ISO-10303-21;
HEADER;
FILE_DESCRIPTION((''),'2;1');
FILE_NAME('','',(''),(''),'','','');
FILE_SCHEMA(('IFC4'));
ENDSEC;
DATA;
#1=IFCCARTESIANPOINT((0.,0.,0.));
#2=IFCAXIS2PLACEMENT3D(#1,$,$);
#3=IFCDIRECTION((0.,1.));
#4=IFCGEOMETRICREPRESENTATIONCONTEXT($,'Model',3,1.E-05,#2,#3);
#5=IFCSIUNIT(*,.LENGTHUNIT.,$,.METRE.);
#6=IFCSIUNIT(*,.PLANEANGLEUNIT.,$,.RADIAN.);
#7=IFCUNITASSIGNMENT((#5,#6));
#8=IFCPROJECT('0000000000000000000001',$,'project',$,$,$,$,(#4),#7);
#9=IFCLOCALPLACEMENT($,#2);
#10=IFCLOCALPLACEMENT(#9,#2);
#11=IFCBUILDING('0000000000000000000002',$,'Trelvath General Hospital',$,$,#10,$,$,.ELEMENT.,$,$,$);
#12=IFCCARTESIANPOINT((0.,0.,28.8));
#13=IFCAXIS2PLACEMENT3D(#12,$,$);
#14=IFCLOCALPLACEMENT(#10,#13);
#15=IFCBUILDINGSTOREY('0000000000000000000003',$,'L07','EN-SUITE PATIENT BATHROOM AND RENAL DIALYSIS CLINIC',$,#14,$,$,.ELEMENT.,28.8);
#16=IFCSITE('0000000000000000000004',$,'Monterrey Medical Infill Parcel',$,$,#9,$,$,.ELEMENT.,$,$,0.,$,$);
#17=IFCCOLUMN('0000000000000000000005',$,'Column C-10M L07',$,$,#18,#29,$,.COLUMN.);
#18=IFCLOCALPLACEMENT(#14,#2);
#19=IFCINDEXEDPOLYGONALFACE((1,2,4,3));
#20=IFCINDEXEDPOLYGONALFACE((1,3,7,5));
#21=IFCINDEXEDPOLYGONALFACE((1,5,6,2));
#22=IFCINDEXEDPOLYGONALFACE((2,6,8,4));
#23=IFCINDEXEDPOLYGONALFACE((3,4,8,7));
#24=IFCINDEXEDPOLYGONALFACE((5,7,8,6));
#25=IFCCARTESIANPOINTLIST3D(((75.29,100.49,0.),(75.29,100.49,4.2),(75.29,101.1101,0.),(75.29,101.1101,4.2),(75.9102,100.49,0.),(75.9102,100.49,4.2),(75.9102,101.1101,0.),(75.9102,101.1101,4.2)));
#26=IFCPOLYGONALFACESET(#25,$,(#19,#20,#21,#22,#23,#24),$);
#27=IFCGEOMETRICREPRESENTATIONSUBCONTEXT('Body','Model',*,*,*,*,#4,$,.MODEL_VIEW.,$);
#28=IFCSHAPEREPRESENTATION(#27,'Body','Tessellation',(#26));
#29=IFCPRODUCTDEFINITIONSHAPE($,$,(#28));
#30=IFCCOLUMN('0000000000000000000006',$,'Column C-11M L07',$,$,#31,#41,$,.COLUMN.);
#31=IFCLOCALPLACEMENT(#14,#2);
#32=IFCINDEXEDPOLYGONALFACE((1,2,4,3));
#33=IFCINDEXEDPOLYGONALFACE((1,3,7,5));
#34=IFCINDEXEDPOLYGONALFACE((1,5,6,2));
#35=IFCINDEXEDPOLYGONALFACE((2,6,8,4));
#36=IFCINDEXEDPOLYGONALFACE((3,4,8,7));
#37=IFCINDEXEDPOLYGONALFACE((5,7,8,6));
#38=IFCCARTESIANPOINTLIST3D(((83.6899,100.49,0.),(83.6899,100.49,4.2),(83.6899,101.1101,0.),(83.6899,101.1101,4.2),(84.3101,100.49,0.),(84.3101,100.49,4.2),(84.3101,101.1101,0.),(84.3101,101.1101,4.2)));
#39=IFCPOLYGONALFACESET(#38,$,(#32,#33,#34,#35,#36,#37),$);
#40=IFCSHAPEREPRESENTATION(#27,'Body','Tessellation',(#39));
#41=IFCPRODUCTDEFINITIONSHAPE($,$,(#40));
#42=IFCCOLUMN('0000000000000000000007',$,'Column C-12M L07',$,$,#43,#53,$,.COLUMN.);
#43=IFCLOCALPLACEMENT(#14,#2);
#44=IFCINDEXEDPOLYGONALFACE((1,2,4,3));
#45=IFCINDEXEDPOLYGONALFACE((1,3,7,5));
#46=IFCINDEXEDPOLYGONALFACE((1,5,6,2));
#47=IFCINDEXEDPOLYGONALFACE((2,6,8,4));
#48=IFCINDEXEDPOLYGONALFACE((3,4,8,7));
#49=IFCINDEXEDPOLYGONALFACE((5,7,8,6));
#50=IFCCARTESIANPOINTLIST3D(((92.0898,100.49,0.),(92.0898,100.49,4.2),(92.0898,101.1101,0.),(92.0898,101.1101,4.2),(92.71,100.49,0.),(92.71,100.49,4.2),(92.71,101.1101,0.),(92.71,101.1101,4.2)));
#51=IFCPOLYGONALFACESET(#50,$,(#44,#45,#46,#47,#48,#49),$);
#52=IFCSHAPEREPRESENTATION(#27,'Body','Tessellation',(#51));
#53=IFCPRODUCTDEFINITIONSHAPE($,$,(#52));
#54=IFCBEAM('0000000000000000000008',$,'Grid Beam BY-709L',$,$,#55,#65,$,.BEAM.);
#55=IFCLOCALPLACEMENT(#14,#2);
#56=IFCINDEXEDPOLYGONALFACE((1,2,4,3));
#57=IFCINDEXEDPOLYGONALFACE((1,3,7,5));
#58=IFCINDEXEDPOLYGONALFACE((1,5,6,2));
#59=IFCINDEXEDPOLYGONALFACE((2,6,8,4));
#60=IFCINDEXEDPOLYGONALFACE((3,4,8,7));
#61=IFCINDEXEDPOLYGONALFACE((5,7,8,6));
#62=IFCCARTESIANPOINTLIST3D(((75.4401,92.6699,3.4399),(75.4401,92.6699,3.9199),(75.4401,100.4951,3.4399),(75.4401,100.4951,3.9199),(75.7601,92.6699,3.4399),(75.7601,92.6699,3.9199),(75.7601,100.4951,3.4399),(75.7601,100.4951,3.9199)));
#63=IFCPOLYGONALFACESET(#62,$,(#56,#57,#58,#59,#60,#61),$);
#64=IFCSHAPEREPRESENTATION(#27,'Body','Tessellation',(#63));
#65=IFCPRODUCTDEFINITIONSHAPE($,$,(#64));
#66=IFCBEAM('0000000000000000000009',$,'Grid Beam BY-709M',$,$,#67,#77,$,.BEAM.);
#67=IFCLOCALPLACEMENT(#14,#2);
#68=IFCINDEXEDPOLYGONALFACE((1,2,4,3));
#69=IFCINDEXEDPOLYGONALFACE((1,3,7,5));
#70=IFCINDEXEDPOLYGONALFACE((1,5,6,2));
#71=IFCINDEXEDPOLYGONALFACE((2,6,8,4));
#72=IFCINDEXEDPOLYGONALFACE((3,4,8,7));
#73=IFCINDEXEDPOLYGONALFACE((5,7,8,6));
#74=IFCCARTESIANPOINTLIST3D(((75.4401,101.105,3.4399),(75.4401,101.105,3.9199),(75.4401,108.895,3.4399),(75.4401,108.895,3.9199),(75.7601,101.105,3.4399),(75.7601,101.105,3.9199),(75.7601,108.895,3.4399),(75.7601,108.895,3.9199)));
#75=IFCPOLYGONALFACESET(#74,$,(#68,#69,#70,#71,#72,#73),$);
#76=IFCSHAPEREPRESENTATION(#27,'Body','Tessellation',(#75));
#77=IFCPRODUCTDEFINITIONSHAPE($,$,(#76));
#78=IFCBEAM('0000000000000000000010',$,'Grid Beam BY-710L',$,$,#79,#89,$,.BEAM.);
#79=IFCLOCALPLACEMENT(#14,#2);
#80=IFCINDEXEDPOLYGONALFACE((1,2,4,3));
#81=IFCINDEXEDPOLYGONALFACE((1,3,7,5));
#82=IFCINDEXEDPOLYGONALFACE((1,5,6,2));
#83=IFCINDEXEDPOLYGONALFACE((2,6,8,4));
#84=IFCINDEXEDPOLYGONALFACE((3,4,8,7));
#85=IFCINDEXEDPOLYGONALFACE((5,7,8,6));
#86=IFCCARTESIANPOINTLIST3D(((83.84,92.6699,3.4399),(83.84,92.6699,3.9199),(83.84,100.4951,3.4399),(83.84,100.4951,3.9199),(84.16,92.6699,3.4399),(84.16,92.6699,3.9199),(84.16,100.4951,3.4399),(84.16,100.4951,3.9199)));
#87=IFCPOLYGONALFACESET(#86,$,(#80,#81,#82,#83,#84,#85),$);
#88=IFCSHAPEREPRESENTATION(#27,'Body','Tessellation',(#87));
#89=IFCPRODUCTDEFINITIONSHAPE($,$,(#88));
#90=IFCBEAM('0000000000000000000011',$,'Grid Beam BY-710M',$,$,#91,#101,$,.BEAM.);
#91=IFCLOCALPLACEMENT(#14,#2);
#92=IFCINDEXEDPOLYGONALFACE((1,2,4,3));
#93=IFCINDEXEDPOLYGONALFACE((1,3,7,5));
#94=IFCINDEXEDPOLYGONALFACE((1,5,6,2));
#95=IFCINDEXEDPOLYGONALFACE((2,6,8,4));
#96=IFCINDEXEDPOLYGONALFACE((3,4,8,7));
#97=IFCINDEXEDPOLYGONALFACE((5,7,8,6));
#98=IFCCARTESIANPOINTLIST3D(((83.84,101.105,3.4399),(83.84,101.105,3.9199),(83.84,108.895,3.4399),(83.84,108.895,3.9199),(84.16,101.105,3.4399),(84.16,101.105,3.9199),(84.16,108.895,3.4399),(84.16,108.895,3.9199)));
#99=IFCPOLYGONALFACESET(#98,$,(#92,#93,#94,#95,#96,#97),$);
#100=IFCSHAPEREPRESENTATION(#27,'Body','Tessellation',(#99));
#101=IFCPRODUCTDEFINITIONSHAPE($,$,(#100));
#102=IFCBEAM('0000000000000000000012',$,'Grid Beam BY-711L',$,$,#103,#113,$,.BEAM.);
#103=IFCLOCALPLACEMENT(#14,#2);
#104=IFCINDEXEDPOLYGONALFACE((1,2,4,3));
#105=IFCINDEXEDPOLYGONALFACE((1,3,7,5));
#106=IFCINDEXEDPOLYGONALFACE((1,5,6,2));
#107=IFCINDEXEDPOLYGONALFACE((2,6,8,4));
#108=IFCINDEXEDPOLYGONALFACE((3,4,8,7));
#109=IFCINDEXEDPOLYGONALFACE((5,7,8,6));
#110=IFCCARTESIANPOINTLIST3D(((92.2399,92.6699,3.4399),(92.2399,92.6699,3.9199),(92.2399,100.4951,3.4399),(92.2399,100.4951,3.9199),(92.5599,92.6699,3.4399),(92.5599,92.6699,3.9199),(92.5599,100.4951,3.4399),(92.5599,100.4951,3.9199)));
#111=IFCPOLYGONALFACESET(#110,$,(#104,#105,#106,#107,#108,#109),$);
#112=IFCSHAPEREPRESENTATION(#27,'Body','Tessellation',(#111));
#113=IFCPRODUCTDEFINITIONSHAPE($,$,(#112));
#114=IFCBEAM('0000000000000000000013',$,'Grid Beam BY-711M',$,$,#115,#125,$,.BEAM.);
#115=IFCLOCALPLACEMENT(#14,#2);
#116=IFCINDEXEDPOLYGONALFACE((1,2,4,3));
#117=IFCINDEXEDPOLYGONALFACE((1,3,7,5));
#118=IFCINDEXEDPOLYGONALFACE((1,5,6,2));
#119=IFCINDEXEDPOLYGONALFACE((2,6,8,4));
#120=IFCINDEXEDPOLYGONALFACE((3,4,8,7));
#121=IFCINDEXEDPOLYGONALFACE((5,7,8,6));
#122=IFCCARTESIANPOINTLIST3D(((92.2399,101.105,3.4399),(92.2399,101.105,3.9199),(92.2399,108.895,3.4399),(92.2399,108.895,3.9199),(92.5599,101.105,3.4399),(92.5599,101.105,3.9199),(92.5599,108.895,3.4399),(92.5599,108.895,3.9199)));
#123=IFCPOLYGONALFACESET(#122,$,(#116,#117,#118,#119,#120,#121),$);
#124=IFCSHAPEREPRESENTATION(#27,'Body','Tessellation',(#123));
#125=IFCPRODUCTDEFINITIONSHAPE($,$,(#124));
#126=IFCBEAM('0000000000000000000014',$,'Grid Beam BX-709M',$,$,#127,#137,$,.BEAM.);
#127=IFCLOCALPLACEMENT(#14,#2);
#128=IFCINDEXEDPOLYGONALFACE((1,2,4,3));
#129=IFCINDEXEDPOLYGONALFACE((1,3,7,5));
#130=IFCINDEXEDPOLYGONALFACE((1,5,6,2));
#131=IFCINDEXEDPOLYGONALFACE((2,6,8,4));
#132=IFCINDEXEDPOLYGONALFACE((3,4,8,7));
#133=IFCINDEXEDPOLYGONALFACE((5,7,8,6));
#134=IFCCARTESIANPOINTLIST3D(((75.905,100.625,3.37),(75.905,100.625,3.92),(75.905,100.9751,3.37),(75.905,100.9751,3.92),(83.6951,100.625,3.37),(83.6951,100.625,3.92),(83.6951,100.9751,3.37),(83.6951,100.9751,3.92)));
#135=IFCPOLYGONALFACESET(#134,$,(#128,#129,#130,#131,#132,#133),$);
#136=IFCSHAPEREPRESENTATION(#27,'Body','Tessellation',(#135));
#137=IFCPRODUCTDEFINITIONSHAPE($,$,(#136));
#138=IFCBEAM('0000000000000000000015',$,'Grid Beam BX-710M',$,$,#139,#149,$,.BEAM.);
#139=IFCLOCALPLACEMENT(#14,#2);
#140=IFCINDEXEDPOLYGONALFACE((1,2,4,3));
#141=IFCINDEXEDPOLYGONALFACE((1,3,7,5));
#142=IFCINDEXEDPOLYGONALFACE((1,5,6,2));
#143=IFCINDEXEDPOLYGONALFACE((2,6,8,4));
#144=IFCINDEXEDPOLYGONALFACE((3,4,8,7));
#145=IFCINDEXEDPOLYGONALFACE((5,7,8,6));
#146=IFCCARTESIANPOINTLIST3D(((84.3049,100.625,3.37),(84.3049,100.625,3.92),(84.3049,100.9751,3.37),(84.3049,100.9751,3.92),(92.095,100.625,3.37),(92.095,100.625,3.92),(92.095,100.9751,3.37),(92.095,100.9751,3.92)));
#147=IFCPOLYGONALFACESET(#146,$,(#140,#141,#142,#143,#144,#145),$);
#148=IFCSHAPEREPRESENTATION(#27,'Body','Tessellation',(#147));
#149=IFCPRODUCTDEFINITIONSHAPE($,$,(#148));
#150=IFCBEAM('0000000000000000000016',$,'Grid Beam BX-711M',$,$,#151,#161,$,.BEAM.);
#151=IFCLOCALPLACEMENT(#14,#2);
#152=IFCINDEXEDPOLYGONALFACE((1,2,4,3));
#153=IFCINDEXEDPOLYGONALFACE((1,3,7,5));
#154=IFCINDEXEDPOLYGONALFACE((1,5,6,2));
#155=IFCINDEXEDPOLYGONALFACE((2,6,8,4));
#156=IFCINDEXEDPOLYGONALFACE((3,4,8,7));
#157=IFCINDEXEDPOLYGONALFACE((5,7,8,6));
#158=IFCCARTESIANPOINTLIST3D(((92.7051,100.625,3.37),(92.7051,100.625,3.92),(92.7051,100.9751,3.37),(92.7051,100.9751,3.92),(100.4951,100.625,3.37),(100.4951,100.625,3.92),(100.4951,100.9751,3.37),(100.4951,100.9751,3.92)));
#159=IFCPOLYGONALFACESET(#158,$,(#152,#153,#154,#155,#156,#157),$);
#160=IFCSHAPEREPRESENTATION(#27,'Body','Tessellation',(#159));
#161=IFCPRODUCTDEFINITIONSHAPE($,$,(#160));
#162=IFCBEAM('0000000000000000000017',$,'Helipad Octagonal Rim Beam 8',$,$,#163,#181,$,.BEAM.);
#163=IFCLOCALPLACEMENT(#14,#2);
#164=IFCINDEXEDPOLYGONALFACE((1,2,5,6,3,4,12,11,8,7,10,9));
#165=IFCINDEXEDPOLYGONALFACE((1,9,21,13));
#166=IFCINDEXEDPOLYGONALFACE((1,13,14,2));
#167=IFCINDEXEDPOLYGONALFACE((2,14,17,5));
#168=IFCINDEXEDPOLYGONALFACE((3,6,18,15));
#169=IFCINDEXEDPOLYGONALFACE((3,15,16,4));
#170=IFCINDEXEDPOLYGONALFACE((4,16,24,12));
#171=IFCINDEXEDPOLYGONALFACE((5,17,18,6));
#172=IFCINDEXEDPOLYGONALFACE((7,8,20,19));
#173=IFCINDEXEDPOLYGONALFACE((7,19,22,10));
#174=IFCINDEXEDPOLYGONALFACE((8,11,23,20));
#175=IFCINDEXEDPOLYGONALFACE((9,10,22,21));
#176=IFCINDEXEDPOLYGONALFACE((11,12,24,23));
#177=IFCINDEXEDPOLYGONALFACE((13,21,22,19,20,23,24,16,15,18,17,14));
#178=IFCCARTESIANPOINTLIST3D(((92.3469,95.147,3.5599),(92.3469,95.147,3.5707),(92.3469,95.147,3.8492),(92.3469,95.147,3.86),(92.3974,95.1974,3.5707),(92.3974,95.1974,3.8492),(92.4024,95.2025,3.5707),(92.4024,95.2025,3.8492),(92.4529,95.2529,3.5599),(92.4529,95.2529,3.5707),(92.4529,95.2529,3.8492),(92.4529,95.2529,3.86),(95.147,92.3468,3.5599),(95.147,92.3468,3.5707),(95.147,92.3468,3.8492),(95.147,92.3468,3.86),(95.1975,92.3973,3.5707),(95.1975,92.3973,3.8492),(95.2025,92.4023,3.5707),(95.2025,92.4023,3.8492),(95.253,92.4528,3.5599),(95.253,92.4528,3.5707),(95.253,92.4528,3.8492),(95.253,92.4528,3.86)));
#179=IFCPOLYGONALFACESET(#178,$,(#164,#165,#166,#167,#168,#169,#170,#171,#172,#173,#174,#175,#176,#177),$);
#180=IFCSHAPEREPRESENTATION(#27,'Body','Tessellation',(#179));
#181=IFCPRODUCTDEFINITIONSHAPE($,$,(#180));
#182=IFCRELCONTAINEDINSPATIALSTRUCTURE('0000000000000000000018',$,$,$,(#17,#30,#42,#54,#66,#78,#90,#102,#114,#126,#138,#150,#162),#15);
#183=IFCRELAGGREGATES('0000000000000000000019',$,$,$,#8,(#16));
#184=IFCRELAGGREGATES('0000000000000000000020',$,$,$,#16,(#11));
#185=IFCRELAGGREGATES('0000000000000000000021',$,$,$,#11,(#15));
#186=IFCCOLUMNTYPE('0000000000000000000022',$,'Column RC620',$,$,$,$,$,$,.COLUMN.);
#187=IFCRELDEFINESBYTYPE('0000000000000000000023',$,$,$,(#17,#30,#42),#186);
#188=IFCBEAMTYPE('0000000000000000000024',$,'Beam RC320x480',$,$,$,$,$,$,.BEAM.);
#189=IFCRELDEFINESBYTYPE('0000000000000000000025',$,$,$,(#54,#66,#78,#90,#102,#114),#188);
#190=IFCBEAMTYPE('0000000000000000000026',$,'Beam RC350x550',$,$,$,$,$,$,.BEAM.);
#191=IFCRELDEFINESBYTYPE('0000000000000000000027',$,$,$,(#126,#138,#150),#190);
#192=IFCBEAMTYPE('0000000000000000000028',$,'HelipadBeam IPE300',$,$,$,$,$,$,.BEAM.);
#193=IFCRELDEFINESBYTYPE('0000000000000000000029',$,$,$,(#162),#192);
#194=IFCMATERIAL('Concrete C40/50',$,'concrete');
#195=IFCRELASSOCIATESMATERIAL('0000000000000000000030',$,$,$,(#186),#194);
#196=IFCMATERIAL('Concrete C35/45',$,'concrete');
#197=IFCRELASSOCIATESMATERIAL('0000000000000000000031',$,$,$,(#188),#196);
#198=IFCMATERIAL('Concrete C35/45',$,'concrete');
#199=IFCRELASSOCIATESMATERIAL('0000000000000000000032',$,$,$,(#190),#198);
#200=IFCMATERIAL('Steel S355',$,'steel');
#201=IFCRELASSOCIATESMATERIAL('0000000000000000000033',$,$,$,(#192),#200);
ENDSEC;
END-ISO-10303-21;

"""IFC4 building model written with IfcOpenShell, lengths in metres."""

from ifc_helpers import new_model, si_unit, direction, frame, origin, origin_2d, place, context, subcontext, project, spatial, rectangle, i_section, extrude, material, material_profile, profile_set, type_object, element, save


model = new_model("IFC4")

# Units and contexts
model_context = context("Model", 3, precision=1e-05, world=origin(), true_north=direction((0.0, 1.0)))
body_context = subcontext(model_context, "Body", "Model", "MODEL_VIEW")
ifc_project = project(units=[si_unit("LENGTHUNIT", "METRE"), si_unit("PLANEANGLEUNIT", "RADIAN")], contexts=[model_context])

# Site, building, storey
site_placement = place(None, origin())
site = spatial("IfcSite", under=ifc_project, at=site_placement, Name="Monterrey Medical Infill Parcel", CompositionType="ELEMENT", RefElevation=0.0)
building_placement = place(site_placement, origin())
building = spatial("IfcBuilding", under=site, at=building_placement, Name="Trelvath General Hospital", CompositionType="ELEMENT")
storey_placement = place(building_placement, frame((0.0, 0.0, 28.8)))
storey = spatial("IfcBuildingStorey", under=building, at=storey_placement, Name="L07", Description="EN-SUITE PATIENT BATHROOM AND RENAL DIALYSIS CLINIC", CompositionType="ELEMENT", Elevation=28.8)

# Columns
ifc_material_1 = material(Name="Concrete C40/50", Category="concrete")
ifc_material_profile_1 = material_profile(ifc_material_1, rectangle(XDim=0.6201, YDim=0.6201, at=origin_2d()), Name="RC620x620")
ifc_profile_set_1 = profile_set([ifc_material_profile_1], Name="Concrete C40/50")
column_type = type_object("IfcColumnType", Name="Column RC620", PredefinedType="COLUMN", material=ifc_profile_set_1)
for number, where, z_axis, x_axis, name in (
    (1, (75.6001, 100.8, 0.0), (0.0, 0.0, 1.0), (1.0, 0.0, 0.0), "Column C-10M L07"),
    (2, (84.0, 100.8, 0.0), (0.0, 0.0, 1.0), (1.0, 0.0, 0.0), "Column C-11M L07"),
    (3, (92.3999, 100.8, 0.0), (0.0, 0.0, 1.0), (1.0, 0.0, 0.0), "Column C-12M L07"),
):
    element("IfcColumn", number, at=place(storey_placement, frame(where, z_axis=z_axis, x_axis=x_axis)), inside=storey, type_object=column_type, Name=name, PredefinedType="COLUMN", context=body_context, shape_type="SweptSolid", body=[
        extrude(rectangle(XDim=0.6201, YDim=0.6201, at=origin_2d()), origin(), (0.0, 0.0, 1.0), 4.2),
    ])

# Beams
ifc_material_2 = material(Name="Concrete C35/45", Category="concrete")
ifc_material_profile_2 = material_profile(ifc_material_2, rectangle(XDim=0.3201, YDim=0.48, at=origin_2d()), Name="RCB320x480")
ifc_profile_set_2 = profile_set([ifc_material_profile_2], Name="Concrete C35/45")
beam_type_1 = type_object("IfcBeamType", Name="Beam RC320x480", PredefinedType="BEAM", material=ifc_profile_set_2)
beam_1_placement = place(storey_placement, frame((75.6001, 92.6699, 3.6799), z_axis=(0.0, 1.0, 0.0), x_axis=(-1.0, 0.0, 0.0)))
element("IfcBeam", 4, at=beam_1_placement, inside=storey, type_object=beam_type_1, Name="Grid Beam BY-709L", PredefinedType="BEAM", context=body_context, shape_type="SweptSolid", body=[
    extrude(rectangle(XDim=0.3201, YDim=0.48, at=origin_2d()), origin(), (0.0, 0.0, 1.0), 7.8252),
])
beam_2_placement = place(storey_placement, frame((75.6001, 101.105, 3.6799), z_axis=(0.0, 1.0, 0.0), x_axis=(-1.0, 0.0, 0.0)))
element("IfcBeam", 5, at=beam_2_placement, inside=storey, type_object=beam_type_1, Name="Grid Beam BY-709M", PredefinedType="BEAM", context=body_context, shape_type="SweptSolid", body=[
    extrude(rectangle(XDim=0.3201, YDim=0.48, at=origin_2d()), origin(), (0.0, 0.0, 1.0), 7.79),
])
beam_3_placement = place(storey_placement, frame((84.0, 92.6699, 3.6799), z_axis=(0.0, 1.0, 0.0), x_axis=(-1.0, 0.0, 0.0)))
element("IfcBeam", 6, at=beam_3_placement, inside=storey, type_object=beam_type_1, Name="Grid Beam BY-710L", PredefinedType="BEAM", context=body_context, shape_type="SweptSolid", body=[
    extrude(rectangle(XDim=0.3201, YDim=0.48, at=origin_2d()), origin(), (0.0, 0.0, 1.0), 7.8252),
])
beam_4_placement = place(storey_placement, frame((84.0, 101.105, 3.6799), z_axis=(0.0, 1.0, 0.0), x_axis=(-1.0, 0.0, 0.0)))
element("IfcBeam", 7, at=beam_4_placement, inside=storey, type_object=beam_type_1, Name="Grid Beam BY-710M", PredefinedType="BEAM", context=body_context, shape_type="SweptSolid", body=[
    extrude(rectangle(XDim=0.3201, YDim=0.48, at=origin_2d()), origin(), (0.0, 0.0, 1.0), 7.79),
])
beam_5_placement = place(storey_placement, frame((92.3999, 92.6699, 3.6799), z_axis=(0.0, 1.0, 0.0), x_axis=(-1.0, 0.0, 0.0)))
element("IfcBeam", 8, at=beam_5_placement, inside=storey, type_object=beam_type_1, Name="Grid Beam BY-711L", PredefinedType="BEAM", context=body_context, shape_type="SweptSolid", body=[
    extrude(rectangle(XDim=0.3201, YDim=0.48, at=origin_2d()), origin(), (0.0, 0.0, 1.0), 7.8252),
])
beam_6_placement = place(storey_placement, frame((92.3999, 101.105, 3.6799), z_axis=(0.0, 1.0, 0.0), x_axis=(-1.0, 0.0, 0.0)))
element("IfcBeam", 9, at=beam_6_placement, inside=storey, type_object=beam_type_1, Name="Grid Beam BY-711M", PredefinedType="BEAM", context=body_context, shape_type="SweptSolid", body=[
    extrude(rectangle(XDim=0.3201, YDim=0.48, at=origin_2d()), origin(), (0.0, 0.0, 1.0), 7.79),
])
ifc_material_3 = material(Name="Concrete C35/45", Category="concrete")
ifc_material_profile_3 = material_profile(ifc_material_3, rectangle(XDim=0.3501, YDim=0.55, at=origin_2d()), Name="RCB350x550")
ifc_profile_set_3 = profile_set([ifc_material_profile_3], Name="Concrete C35/45")
beam_type_2 = type_object("IfcBeamType", Name="Beam RC350x550", PredefinedType="BEAM", material=ifc_profile_set_3)
for number, where, z_axis, x_axis, name in (
    (10, (75.905, 100.8, 3.645), (1.0, 0.0, 0.0), (0.0, 1.0, 0.0), "Grid Beam BX-709M"),
    (11, (84.3049, 100.8, 3.645), (1.0, 0.0, 0.0), (0.0, 1.0, 0.0), "Grid Beam BX-710M"),
    (12, (92.7051, 100.8, 3.645), (1.0, 0.0, 0.0), (0.0, 1.0, 0.0), "Grid Beam BX-711M"),
):
    element("IfcBeam", number, at=place(storey_placement, frame(where, z_axis=z_axis, x_axis=x_axis)), inside=storey, type_object=beam_type_2, Name=name, PredefinedType="BEAM", context=body_context, shape_type="SweptSolid", body=[
        extrude(rectangle(XDim=0.3501, YDim=0.55, at=origin_2d()), origin(), (0.0, 0.0, 1.0), 7.79),
    ])
ifc_material_4 = material(Name="Steel S355", Category="steel")
ifc_material_profile_4 = material_profile(ifc_material_4, i_section(OverallWidth=0.1499, OverallDepth=0.3, WebThickness=0.0071, FlangeThickness=0.0107, at=origin_2d()), Name="IPE300")
ifc_profile_set_4 = profile_set([ifc_material_profile_4], Name="Steel S355")
beam_type_3 = type_object("IfcBeamType", Name="HelipadBeam IPE300", PredefinedType="BEAM", material=ifc_profile_set_4)
beam_7_placement = place(storey_placement, frame((92.3999, 95.2, 3.71), z_axis=(0.707107, -0.707107, 0.0), x_axis=(0.707107, 0.707107, 0.0)))
element("IfcBeam", 13, at=beam_7_placement, inside=storey, type_object=beam_type_3, Name="Helipad Octagonal Rim Beam 8", PredefinedType="BEAM", context=body_context, shape_type="SweptSolid", body=[
    extrude(i_section(OverallWidth=0.1499, OverallDepth=0.3, WebThickness=0.0071, FlangeThickness=0.0107, at=origin_2d()), origin(), (0.0, 0.0, 1.0), 3.96),
])

save(model, "model.ifc")
